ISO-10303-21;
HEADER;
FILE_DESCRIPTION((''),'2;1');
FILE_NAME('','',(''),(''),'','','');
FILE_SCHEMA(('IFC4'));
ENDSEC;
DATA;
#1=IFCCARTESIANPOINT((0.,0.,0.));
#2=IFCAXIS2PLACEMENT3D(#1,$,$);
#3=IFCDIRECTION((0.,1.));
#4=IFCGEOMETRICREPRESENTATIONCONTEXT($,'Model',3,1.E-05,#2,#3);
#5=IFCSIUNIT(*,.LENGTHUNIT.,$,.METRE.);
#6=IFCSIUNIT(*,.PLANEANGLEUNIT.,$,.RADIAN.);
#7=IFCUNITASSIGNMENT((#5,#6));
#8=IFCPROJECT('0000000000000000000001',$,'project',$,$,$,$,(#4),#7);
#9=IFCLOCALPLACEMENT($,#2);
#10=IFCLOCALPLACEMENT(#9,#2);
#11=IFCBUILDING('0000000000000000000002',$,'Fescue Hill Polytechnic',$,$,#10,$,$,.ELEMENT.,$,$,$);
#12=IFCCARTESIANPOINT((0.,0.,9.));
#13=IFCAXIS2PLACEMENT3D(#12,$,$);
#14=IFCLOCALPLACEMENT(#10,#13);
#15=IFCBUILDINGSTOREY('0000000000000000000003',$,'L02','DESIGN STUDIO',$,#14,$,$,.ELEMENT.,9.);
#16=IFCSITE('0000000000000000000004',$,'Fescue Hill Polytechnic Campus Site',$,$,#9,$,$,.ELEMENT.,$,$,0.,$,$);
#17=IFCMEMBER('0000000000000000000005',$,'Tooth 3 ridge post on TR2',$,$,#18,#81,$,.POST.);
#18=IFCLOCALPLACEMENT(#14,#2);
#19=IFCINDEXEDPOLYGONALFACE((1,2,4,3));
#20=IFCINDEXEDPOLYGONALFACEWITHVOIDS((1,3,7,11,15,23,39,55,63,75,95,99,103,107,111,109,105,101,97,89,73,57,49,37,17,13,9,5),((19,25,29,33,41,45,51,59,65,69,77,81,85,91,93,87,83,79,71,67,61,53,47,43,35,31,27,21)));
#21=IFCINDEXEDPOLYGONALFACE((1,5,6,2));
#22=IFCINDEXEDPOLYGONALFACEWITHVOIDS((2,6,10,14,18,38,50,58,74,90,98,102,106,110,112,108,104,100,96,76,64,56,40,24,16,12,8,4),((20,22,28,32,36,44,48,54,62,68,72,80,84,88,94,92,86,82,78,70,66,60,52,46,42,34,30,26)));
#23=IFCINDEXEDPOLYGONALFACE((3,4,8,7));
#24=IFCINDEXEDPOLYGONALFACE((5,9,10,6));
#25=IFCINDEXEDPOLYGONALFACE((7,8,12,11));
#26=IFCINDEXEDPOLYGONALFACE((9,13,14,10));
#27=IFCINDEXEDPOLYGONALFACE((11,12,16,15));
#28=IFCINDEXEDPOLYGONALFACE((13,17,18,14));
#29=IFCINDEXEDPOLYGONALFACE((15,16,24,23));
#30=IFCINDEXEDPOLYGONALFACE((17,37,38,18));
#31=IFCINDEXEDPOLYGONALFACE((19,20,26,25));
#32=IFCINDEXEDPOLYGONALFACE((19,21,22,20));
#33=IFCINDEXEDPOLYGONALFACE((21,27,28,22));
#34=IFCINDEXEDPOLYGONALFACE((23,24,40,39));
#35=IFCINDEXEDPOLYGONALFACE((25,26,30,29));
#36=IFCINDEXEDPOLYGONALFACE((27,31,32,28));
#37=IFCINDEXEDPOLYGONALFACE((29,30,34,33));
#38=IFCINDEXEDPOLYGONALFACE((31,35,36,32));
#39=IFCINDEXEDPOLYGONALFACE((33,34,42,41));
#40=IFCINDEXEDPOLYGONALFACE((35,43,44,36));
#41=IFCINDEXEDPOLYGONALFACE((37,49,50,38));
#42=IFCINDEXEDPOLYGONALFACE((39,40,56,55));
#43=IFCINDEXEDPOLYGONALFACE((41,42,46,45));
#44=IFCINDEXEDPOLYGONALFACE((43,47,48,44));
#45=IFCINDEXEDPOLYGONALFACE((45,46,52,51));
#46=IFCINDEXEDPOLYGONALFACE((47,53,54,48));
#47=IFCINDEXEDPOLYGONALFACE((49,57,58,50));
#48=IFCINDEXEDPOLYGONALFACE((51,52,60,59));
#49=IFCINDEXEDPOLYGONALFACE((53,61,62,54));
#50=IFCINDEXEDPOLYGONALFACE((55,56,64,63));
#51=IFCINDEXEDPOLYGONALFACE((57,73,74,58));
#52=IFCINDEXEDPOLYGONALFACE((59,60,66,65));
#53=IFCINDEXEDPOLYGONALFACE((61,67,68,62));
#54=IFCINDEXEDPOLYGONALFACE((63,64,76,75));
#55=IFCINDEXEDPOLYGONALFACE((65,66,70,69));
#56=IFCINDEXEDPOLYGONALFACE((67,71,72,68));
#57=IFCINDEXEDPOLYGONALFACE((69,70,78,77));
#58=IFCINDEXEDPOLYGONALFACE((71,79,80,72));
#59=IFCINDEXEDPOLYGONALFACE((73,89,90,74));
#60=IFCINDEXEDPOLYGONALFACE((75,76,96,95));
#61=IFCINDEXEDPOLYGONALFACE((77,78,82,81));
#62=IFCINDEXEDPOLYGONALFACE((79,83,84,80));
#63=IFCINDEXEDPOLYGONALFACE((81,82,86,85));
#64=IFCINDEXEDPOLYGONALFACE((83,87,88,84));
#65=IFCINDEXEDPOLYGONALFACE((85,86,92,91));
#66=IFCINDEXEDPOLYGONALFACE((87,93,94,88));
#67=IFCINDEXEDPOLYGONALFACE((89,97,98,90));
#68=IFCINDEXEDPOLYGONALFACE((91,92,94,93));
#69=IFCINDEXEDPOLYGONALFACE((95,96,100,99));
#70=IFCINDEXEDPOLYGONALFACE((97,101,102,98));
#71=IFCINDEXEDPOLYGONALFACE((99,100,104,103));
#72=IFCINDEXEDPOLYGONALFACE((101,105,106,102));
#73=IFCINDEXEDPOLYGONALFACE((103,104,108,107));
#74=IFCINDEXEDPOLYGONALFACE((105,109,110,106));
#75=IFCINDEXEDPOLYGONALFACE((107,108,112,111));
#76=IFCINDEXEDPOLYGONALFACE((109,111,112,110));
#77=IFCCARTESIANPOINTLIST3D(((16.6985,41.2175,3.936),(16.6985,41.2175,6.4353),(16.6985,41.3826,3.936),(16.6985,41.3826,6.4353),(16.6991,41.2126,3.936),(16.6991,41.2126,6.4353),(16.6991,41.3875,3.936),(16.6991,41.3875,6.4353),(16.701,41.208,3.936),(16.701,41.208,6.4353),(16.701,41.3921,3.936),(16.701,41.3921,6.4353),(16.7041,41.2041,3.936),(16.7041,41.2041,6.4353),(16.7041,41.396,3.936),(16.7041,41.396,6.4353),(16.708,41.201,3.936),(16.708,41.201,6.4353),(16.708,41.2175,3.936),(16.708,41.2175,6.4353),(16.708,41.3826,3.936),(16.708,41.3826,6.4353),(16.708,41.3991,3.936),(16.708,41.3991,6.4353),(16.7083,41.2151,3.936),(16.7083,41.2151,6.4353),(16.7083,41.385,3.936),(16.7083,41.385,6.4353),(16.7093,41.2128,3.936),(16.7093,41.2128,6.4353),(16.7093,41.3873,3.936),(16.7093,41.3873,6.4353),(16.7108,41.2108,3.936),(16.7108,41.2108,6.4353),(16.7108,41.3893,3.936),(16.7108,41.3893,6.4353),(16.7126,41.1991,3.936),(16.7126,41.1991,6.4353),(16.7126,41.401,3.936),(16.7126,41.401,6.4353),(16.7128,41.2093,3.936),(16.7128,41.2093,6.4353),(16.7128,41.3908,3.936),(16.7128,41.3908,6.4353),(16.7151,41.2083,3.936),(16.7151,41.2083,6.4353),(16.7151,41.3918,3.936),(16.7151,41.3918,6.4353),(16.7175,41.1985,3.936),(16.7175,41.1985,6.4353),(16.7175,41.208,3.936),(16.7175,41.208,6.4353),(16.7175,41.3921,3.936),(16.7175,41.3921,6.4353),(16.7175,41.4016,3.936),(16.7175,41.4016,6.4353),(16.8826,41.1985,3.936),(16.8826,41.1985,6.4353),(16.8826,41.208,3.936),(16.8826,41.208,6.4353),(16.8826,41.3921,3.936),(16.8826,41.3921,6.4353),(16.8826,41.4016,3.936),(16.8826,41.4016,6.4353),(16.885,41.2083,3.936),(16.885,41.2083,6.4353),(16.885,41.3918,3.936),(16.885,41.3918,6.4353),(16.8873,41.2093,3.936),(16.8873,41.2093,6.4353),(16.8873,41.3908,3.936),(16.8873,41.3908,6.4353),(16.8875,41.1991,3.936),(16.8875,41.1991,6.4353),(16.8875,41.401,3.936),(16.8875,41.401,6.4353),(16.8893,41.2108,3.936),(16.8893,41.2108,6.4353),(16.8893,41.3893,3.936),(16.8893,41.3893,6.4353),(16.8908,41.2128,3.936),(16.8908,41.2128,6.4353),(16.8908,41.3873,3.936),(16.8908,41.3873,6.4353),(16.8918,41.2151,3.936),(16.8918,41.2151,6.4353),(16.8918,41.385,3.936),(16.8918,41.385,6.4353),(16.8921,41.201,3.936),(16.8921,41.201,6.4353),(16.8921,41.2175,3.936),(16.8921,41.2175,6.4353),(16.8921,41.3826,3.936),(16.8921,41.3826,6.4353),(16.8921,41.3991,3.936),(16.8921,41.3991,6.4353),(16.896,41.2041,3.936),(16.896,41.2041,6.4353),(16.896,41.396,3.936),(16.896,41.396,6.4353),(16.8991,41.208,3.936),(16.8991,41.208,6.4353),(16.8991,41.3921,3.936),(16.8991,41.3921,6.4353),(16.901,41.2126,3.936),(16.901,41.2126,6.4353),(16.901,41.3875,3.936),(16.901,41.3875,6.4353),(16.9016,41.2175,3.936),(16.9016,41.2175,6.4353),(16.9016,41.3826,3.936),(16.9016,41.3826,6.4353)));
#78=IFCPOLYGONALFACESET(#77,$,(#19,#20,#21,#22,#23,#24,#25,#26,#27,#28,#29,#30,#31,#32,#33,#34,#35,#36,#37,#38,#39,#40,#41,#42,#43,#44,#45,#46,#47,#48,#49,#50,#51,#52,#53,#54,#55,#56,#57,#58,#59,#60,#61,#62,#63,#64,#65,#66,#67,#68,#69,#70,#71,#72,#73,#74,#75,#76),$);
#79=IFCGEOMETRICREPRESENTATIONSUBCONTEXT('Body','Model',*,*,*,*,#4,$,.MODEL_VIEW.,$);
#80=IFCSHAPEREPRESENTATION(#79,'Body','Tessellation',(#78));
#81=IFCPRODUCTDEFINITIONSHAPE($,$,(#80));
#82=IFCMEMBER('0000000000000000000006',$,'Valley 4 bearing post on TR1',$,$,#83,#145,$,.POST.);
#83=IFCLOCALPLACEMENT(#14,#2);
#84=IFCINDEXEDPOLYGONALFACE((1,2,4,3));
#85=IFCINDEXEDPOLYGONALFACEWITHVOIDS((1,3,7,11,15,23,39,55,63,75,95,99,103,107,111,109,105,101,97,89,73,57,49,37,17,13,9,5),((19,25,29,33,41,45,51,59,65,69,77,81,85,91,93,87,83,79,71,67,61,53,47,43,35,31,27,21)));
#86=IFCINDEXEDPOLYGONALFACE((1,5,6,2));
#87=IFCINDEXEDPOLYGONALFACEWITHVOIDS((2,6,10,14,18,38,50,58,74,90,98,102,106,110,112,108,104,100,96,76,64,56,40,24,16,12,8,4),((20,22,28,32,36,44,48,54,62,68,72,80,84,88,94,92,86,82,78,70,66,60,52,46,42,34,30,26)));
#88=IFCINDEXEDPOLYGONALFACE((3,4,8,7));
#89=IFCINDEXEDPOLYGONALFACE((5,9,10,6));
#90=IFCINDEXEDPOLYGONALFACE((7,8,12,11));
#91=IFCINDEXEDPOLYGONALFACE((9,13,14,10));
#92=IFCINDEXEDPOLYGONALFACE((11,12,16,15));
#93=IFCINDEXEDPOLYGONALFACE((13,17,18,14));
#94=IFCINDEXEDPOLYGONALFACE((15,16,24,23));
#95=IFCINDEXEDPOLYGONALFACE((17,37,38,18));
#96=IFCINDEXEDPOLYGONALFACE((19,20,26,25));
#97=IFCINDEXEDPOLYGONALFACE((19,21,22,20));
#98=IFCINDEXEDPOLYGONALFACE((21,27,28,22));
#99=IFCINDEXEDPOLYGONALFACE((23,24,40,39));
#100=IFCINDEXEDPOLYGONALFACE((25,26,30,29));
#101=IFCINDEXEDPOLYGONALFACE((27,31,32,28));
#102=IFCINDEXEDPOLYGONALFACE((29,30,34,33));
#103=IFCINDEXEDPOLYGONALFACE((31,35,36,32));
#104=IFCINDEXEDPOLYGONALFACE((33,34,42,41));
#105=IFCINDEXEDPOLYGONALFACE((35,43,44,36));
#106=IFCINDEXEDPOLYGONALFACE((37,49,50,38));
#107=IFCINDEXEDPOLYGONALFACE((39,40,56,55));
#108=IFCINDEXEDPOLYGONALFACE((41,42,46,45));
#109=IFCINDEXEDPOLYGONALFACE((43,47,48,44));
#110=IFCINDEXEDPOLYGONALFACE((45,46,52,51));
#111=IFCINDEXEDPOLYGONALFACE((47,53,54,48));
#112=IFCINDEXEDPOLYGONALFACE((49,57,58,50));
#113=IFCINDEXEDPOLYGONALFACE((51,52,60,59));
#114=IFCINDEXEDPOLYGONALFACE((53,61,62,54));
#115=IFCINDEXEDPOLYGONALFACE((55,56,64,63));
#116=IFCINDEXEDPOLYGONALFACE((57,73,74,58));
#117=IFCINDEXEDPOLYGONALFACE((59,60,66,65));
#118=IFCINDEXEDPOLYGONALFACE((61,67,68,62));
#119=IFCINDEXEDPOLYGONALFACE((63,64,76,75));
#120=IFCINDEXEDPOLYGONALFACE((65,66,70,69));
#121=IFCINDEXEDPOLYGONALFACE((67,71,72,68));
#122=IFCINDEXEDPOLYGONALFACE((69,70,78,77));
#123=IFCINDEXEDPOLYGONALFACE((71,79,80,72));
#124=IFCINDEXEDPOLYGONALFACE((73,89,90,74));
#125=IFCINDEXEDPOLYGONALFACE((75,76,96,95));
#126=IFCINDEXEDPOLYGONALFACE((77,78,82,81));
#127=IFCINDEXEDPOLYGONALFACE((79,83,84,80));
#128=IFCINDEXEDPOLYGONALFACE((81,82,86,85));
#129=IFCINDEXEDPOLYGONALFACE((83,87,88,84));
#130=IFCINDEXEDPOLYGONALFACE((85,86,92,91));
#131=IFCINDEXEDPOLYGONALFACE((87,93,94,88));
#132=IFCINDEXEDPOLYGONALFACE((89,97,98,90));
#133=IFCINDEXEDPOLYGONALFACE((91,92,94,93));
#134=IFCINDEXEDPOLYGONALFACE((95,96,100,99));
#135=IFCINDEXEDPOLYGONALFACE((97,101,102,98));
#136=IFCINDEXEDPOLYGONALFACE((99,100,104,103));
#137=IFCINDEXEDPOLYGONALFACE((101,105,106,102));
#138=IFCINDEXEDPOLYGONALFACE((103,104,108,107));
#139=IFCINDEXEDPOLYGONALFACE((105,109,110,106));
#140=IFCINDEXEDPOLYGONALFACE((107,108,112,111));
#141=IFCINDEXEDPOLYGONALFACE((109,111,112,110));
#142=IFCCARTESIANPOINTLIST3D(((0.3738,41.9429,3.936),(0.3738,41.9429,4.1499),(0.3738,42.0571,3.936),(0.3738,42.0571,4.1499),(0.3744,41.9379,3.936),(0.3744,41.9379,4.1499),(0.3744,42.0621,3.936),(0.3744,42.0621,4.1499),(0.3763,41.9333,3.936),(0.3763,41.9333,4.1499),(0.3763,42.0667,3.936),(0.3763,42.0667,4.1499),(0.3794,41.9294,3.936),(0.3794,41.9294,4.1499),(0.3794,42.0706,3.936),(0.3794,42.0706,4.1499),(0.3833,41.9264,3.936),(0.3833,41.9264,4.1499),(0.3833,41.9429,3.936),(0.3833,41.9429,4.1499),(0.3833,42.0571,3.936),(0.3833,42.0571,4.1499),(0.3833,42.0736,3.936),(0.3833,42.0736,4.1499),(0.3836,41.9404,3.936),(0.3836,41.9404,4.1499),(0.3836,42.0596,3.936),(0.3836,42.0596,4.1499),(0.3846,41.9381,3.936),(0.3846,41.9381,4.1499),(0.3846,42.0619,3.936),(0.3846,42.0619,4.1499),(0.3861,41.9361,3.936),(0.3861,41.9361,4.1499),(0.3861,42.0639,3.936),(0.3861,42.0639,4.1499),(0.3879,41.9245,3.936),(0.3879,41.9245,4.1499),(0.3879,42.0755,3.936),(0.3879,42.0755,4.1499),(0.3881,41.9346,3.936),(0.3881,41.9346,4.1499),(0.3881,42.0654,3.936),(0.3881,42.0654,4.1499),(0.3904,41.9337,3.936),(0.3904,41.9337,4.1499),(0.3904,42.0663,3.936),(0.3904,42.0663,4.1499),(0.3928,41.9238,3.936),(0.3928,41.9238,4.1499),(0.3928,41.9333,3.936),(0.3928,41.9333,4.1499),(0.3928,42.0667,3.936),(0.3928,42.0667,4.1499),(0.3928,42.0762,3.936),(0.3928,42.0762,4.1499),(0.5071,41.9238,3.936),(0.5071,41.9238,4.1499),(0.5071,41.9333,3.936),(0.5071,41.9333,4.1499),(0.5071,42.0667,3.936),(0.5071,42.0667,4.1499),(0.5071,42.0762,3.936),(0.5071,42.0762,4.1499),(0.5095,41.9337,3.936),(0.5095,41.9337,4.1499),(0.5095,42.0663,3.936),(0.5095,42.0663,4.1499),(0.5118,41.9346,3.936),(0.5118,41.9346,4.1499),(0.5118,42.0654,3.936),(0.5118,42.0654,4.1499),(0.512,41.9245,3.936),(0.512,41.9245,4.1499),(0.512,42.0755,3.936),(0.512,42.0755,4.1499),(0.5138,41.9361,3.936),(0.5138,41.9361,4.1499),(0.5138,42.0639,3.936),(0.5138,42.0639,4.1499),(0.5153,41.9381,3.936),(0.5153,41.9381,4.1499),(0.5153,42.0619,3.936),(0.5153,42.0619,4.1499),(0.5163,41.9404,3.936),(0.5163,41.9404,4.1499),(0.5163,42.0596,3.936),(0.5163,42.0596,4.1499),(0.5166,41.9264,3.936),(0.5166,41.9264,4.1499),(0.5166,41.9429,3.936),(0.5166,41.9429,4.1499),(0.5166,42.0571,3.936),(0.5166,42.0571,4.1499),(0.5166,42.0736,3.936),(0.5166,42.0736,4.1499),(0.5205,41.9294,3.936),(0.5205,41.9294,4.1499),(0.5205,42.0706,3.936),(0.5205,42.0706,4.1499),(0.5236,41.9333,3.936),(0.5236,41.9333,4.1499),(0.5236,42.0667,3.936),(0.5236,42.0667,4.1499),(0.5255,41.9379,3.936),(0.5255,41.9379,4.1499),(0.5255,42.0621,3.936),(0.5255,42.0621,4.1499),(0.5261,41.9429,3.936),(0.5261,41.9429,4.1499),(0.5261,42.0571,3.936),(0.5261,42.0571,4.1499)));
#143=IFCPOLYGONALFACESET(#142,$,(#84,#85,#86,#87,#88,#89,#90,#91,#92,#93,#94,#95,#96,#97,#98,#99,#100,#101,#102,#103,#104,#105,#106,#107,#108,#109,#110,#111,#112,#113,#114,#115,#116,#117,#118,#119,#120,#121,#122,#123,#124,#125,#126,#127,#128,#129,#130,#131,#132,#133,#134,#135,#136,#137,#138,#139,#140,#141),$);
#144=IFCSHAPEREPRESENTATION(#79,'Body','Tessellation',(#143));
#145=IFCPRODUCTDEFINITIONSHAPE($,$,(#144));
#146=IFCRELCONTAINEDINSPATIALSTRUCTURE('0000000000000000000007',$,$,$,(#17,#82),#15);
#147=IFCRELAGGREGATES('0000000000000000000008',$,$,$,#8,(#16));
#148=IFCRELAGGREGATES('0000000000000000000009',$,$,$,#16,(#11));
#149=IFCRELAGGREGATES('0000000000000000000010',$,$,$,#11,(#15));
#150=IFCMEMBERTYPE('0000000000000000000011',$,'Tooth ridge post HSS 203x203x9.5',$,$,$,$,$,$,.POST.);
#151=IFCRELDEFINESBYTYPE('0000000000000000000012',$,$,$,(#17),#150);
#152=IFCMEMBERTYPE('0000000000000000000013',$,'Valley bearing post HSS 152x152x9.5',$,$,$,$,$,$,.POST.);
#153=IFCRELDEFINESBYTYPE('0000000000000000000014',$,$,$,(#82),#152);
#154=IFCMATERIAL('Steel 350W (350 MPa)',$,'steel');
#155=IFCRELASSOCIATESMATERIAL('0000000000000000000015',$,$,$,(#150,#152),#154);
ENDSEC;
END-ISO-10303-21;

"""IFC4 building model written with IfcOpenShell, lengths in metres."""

from ifc_helpers import new_model, si_unit, direction, frame, origin, origin_2d, place, context, subcontext, project, spatial, hollow_rectangle, extrude, material, material_profile, profile_set, type_object, element, save


model = new_model("IFC4")

# Units and contexts
model_context = context("Model", 3, precision=1e-05, world=origin(), true_north=direction((0.0, 1.0)))
body_context = subcontext(model_context, "Body", "Model", "MODEL_VIEW")
ifc_project = project(units=[si_unit("LENGTHUNIT", "METRE"), si_unit("PLANEANGLEUNIT", "RADIAN")], contexts=[model_context])

# Site, building, storey
site_placement = place(None, origin())
site = spatial("IfcSite", under=ifc_project, at=site_placement, Name="Fescue Hill Polytechnic Campus Site", CompositionType="ELEMENT", RefElevation=0.0)
building_placement = place(site_placement, origin())
building = spatial("IfcBuilding", under=site, at=building_placement, Name="Fescue Hill Polytechnic", CompositionType="ELEMENT")
storey_placement = place(building_placement, frame((0.0, 0.0, 9.0)))
storey = spatial("IfcBuildingStorey", under=building, at=storey_placement, Name="L02", Description="DESIGN STUDIO", CompositionType="ELEMENT", Elevation=9.0)

# Members
ifc_material = material(Name="Steel 350W (350 MPa)", Category="steel")
ifc_material_profile_1 = material_profile(ifc_material, hollow_rectangle(XDim=0.2031, YDim=0.2031, WallThickness=0.0095, InnerFilletRadius=0.0095, OuterFilletRadius=0.019, at=origin_2d()), Name="Tooth ridge post HSS 203x203x9.5")
ifc_profile_set_1 = profile_set([ifc_material_profile_1], Name="Steel 350W (350 MPa)")
member_type_1 = type_object("IfcMemberType", Name="Tooth ridge post HSS 203x203x9.5", PredefinedType="POST", material=ifc_profile_set_1)
for number, where, z_axis, x_axis, name in (
    (1, (16.8, 41.3, 3.936), (0.0, 0.0, 1.0), (1.0, 0.0, 0.0), "Tooth 3 ridge post on TR2"),
):
    element("IfcMember", number, at=place(storey_placement, frame(where, z_axis=z_axis, x_axis=x_axis)), inside=storey, type_object=member_type_1, Name=name, PredefinedType="POST", context=body_context, shape_type="SweptSolid", body=[
        extrude(hollow_rectangle(XDim=0.2031, YDim=0.2031, WallThickness=0.0095, InnerFilletRadius=0.0095, OuterFilletRadius=0.019, at=origin_2d()), origin(), (0.0, 0.0, 1.0), 2.4993),
    ])
ifc_material_profile_2 = material_profile(ifc_material, hollow_rectangle(XDim=0.1523, YDim=0.1523, WallThickness=0.0095, InnerFilletRadius=0.0095, OuterFilletRadius=0.019, at=origin_2d()), Name="Valley bearing post HSS 152x152x9.5")
ifc_profile_set_2 = profile_set([ifc_material_profile_2], Name="Steel 350W (350 MPa)")
member_type_2 = type_object("IfcMemberType", Name="Valley bearing post HSS 152x152x9.5", PredefinedType="POST", material=ifc_profile_set_2)
for number, where, z_axis, x_axis, name in (
    (2, (0.45, 42.0, 3.936), (0.0, 0.0, 1.0), (1.0, 0.0, 0.0), "Valley 4 bearing post on TR1"),
):
    element("IfcMember", number, at=place(storey_placement, frame(where, z_axis=z_axis, x_axis=x_axis)), inside=storey, type_object=member_type_2, Name=name, PredefinedType="POST", context=body_context, shape_type="SweptSolid", body=[
        extrude(hollow_rectangle(XDim=0.1523, YDim=0.1523, WallThickness=0.0095, InnerFilletRadius=0.0095, OuterFilletRadius=0.019, at=origin_2d()), origin(), (0.0, 0.0, 1.0), 0.2139),
    ])

save(model, "model.ifc")
